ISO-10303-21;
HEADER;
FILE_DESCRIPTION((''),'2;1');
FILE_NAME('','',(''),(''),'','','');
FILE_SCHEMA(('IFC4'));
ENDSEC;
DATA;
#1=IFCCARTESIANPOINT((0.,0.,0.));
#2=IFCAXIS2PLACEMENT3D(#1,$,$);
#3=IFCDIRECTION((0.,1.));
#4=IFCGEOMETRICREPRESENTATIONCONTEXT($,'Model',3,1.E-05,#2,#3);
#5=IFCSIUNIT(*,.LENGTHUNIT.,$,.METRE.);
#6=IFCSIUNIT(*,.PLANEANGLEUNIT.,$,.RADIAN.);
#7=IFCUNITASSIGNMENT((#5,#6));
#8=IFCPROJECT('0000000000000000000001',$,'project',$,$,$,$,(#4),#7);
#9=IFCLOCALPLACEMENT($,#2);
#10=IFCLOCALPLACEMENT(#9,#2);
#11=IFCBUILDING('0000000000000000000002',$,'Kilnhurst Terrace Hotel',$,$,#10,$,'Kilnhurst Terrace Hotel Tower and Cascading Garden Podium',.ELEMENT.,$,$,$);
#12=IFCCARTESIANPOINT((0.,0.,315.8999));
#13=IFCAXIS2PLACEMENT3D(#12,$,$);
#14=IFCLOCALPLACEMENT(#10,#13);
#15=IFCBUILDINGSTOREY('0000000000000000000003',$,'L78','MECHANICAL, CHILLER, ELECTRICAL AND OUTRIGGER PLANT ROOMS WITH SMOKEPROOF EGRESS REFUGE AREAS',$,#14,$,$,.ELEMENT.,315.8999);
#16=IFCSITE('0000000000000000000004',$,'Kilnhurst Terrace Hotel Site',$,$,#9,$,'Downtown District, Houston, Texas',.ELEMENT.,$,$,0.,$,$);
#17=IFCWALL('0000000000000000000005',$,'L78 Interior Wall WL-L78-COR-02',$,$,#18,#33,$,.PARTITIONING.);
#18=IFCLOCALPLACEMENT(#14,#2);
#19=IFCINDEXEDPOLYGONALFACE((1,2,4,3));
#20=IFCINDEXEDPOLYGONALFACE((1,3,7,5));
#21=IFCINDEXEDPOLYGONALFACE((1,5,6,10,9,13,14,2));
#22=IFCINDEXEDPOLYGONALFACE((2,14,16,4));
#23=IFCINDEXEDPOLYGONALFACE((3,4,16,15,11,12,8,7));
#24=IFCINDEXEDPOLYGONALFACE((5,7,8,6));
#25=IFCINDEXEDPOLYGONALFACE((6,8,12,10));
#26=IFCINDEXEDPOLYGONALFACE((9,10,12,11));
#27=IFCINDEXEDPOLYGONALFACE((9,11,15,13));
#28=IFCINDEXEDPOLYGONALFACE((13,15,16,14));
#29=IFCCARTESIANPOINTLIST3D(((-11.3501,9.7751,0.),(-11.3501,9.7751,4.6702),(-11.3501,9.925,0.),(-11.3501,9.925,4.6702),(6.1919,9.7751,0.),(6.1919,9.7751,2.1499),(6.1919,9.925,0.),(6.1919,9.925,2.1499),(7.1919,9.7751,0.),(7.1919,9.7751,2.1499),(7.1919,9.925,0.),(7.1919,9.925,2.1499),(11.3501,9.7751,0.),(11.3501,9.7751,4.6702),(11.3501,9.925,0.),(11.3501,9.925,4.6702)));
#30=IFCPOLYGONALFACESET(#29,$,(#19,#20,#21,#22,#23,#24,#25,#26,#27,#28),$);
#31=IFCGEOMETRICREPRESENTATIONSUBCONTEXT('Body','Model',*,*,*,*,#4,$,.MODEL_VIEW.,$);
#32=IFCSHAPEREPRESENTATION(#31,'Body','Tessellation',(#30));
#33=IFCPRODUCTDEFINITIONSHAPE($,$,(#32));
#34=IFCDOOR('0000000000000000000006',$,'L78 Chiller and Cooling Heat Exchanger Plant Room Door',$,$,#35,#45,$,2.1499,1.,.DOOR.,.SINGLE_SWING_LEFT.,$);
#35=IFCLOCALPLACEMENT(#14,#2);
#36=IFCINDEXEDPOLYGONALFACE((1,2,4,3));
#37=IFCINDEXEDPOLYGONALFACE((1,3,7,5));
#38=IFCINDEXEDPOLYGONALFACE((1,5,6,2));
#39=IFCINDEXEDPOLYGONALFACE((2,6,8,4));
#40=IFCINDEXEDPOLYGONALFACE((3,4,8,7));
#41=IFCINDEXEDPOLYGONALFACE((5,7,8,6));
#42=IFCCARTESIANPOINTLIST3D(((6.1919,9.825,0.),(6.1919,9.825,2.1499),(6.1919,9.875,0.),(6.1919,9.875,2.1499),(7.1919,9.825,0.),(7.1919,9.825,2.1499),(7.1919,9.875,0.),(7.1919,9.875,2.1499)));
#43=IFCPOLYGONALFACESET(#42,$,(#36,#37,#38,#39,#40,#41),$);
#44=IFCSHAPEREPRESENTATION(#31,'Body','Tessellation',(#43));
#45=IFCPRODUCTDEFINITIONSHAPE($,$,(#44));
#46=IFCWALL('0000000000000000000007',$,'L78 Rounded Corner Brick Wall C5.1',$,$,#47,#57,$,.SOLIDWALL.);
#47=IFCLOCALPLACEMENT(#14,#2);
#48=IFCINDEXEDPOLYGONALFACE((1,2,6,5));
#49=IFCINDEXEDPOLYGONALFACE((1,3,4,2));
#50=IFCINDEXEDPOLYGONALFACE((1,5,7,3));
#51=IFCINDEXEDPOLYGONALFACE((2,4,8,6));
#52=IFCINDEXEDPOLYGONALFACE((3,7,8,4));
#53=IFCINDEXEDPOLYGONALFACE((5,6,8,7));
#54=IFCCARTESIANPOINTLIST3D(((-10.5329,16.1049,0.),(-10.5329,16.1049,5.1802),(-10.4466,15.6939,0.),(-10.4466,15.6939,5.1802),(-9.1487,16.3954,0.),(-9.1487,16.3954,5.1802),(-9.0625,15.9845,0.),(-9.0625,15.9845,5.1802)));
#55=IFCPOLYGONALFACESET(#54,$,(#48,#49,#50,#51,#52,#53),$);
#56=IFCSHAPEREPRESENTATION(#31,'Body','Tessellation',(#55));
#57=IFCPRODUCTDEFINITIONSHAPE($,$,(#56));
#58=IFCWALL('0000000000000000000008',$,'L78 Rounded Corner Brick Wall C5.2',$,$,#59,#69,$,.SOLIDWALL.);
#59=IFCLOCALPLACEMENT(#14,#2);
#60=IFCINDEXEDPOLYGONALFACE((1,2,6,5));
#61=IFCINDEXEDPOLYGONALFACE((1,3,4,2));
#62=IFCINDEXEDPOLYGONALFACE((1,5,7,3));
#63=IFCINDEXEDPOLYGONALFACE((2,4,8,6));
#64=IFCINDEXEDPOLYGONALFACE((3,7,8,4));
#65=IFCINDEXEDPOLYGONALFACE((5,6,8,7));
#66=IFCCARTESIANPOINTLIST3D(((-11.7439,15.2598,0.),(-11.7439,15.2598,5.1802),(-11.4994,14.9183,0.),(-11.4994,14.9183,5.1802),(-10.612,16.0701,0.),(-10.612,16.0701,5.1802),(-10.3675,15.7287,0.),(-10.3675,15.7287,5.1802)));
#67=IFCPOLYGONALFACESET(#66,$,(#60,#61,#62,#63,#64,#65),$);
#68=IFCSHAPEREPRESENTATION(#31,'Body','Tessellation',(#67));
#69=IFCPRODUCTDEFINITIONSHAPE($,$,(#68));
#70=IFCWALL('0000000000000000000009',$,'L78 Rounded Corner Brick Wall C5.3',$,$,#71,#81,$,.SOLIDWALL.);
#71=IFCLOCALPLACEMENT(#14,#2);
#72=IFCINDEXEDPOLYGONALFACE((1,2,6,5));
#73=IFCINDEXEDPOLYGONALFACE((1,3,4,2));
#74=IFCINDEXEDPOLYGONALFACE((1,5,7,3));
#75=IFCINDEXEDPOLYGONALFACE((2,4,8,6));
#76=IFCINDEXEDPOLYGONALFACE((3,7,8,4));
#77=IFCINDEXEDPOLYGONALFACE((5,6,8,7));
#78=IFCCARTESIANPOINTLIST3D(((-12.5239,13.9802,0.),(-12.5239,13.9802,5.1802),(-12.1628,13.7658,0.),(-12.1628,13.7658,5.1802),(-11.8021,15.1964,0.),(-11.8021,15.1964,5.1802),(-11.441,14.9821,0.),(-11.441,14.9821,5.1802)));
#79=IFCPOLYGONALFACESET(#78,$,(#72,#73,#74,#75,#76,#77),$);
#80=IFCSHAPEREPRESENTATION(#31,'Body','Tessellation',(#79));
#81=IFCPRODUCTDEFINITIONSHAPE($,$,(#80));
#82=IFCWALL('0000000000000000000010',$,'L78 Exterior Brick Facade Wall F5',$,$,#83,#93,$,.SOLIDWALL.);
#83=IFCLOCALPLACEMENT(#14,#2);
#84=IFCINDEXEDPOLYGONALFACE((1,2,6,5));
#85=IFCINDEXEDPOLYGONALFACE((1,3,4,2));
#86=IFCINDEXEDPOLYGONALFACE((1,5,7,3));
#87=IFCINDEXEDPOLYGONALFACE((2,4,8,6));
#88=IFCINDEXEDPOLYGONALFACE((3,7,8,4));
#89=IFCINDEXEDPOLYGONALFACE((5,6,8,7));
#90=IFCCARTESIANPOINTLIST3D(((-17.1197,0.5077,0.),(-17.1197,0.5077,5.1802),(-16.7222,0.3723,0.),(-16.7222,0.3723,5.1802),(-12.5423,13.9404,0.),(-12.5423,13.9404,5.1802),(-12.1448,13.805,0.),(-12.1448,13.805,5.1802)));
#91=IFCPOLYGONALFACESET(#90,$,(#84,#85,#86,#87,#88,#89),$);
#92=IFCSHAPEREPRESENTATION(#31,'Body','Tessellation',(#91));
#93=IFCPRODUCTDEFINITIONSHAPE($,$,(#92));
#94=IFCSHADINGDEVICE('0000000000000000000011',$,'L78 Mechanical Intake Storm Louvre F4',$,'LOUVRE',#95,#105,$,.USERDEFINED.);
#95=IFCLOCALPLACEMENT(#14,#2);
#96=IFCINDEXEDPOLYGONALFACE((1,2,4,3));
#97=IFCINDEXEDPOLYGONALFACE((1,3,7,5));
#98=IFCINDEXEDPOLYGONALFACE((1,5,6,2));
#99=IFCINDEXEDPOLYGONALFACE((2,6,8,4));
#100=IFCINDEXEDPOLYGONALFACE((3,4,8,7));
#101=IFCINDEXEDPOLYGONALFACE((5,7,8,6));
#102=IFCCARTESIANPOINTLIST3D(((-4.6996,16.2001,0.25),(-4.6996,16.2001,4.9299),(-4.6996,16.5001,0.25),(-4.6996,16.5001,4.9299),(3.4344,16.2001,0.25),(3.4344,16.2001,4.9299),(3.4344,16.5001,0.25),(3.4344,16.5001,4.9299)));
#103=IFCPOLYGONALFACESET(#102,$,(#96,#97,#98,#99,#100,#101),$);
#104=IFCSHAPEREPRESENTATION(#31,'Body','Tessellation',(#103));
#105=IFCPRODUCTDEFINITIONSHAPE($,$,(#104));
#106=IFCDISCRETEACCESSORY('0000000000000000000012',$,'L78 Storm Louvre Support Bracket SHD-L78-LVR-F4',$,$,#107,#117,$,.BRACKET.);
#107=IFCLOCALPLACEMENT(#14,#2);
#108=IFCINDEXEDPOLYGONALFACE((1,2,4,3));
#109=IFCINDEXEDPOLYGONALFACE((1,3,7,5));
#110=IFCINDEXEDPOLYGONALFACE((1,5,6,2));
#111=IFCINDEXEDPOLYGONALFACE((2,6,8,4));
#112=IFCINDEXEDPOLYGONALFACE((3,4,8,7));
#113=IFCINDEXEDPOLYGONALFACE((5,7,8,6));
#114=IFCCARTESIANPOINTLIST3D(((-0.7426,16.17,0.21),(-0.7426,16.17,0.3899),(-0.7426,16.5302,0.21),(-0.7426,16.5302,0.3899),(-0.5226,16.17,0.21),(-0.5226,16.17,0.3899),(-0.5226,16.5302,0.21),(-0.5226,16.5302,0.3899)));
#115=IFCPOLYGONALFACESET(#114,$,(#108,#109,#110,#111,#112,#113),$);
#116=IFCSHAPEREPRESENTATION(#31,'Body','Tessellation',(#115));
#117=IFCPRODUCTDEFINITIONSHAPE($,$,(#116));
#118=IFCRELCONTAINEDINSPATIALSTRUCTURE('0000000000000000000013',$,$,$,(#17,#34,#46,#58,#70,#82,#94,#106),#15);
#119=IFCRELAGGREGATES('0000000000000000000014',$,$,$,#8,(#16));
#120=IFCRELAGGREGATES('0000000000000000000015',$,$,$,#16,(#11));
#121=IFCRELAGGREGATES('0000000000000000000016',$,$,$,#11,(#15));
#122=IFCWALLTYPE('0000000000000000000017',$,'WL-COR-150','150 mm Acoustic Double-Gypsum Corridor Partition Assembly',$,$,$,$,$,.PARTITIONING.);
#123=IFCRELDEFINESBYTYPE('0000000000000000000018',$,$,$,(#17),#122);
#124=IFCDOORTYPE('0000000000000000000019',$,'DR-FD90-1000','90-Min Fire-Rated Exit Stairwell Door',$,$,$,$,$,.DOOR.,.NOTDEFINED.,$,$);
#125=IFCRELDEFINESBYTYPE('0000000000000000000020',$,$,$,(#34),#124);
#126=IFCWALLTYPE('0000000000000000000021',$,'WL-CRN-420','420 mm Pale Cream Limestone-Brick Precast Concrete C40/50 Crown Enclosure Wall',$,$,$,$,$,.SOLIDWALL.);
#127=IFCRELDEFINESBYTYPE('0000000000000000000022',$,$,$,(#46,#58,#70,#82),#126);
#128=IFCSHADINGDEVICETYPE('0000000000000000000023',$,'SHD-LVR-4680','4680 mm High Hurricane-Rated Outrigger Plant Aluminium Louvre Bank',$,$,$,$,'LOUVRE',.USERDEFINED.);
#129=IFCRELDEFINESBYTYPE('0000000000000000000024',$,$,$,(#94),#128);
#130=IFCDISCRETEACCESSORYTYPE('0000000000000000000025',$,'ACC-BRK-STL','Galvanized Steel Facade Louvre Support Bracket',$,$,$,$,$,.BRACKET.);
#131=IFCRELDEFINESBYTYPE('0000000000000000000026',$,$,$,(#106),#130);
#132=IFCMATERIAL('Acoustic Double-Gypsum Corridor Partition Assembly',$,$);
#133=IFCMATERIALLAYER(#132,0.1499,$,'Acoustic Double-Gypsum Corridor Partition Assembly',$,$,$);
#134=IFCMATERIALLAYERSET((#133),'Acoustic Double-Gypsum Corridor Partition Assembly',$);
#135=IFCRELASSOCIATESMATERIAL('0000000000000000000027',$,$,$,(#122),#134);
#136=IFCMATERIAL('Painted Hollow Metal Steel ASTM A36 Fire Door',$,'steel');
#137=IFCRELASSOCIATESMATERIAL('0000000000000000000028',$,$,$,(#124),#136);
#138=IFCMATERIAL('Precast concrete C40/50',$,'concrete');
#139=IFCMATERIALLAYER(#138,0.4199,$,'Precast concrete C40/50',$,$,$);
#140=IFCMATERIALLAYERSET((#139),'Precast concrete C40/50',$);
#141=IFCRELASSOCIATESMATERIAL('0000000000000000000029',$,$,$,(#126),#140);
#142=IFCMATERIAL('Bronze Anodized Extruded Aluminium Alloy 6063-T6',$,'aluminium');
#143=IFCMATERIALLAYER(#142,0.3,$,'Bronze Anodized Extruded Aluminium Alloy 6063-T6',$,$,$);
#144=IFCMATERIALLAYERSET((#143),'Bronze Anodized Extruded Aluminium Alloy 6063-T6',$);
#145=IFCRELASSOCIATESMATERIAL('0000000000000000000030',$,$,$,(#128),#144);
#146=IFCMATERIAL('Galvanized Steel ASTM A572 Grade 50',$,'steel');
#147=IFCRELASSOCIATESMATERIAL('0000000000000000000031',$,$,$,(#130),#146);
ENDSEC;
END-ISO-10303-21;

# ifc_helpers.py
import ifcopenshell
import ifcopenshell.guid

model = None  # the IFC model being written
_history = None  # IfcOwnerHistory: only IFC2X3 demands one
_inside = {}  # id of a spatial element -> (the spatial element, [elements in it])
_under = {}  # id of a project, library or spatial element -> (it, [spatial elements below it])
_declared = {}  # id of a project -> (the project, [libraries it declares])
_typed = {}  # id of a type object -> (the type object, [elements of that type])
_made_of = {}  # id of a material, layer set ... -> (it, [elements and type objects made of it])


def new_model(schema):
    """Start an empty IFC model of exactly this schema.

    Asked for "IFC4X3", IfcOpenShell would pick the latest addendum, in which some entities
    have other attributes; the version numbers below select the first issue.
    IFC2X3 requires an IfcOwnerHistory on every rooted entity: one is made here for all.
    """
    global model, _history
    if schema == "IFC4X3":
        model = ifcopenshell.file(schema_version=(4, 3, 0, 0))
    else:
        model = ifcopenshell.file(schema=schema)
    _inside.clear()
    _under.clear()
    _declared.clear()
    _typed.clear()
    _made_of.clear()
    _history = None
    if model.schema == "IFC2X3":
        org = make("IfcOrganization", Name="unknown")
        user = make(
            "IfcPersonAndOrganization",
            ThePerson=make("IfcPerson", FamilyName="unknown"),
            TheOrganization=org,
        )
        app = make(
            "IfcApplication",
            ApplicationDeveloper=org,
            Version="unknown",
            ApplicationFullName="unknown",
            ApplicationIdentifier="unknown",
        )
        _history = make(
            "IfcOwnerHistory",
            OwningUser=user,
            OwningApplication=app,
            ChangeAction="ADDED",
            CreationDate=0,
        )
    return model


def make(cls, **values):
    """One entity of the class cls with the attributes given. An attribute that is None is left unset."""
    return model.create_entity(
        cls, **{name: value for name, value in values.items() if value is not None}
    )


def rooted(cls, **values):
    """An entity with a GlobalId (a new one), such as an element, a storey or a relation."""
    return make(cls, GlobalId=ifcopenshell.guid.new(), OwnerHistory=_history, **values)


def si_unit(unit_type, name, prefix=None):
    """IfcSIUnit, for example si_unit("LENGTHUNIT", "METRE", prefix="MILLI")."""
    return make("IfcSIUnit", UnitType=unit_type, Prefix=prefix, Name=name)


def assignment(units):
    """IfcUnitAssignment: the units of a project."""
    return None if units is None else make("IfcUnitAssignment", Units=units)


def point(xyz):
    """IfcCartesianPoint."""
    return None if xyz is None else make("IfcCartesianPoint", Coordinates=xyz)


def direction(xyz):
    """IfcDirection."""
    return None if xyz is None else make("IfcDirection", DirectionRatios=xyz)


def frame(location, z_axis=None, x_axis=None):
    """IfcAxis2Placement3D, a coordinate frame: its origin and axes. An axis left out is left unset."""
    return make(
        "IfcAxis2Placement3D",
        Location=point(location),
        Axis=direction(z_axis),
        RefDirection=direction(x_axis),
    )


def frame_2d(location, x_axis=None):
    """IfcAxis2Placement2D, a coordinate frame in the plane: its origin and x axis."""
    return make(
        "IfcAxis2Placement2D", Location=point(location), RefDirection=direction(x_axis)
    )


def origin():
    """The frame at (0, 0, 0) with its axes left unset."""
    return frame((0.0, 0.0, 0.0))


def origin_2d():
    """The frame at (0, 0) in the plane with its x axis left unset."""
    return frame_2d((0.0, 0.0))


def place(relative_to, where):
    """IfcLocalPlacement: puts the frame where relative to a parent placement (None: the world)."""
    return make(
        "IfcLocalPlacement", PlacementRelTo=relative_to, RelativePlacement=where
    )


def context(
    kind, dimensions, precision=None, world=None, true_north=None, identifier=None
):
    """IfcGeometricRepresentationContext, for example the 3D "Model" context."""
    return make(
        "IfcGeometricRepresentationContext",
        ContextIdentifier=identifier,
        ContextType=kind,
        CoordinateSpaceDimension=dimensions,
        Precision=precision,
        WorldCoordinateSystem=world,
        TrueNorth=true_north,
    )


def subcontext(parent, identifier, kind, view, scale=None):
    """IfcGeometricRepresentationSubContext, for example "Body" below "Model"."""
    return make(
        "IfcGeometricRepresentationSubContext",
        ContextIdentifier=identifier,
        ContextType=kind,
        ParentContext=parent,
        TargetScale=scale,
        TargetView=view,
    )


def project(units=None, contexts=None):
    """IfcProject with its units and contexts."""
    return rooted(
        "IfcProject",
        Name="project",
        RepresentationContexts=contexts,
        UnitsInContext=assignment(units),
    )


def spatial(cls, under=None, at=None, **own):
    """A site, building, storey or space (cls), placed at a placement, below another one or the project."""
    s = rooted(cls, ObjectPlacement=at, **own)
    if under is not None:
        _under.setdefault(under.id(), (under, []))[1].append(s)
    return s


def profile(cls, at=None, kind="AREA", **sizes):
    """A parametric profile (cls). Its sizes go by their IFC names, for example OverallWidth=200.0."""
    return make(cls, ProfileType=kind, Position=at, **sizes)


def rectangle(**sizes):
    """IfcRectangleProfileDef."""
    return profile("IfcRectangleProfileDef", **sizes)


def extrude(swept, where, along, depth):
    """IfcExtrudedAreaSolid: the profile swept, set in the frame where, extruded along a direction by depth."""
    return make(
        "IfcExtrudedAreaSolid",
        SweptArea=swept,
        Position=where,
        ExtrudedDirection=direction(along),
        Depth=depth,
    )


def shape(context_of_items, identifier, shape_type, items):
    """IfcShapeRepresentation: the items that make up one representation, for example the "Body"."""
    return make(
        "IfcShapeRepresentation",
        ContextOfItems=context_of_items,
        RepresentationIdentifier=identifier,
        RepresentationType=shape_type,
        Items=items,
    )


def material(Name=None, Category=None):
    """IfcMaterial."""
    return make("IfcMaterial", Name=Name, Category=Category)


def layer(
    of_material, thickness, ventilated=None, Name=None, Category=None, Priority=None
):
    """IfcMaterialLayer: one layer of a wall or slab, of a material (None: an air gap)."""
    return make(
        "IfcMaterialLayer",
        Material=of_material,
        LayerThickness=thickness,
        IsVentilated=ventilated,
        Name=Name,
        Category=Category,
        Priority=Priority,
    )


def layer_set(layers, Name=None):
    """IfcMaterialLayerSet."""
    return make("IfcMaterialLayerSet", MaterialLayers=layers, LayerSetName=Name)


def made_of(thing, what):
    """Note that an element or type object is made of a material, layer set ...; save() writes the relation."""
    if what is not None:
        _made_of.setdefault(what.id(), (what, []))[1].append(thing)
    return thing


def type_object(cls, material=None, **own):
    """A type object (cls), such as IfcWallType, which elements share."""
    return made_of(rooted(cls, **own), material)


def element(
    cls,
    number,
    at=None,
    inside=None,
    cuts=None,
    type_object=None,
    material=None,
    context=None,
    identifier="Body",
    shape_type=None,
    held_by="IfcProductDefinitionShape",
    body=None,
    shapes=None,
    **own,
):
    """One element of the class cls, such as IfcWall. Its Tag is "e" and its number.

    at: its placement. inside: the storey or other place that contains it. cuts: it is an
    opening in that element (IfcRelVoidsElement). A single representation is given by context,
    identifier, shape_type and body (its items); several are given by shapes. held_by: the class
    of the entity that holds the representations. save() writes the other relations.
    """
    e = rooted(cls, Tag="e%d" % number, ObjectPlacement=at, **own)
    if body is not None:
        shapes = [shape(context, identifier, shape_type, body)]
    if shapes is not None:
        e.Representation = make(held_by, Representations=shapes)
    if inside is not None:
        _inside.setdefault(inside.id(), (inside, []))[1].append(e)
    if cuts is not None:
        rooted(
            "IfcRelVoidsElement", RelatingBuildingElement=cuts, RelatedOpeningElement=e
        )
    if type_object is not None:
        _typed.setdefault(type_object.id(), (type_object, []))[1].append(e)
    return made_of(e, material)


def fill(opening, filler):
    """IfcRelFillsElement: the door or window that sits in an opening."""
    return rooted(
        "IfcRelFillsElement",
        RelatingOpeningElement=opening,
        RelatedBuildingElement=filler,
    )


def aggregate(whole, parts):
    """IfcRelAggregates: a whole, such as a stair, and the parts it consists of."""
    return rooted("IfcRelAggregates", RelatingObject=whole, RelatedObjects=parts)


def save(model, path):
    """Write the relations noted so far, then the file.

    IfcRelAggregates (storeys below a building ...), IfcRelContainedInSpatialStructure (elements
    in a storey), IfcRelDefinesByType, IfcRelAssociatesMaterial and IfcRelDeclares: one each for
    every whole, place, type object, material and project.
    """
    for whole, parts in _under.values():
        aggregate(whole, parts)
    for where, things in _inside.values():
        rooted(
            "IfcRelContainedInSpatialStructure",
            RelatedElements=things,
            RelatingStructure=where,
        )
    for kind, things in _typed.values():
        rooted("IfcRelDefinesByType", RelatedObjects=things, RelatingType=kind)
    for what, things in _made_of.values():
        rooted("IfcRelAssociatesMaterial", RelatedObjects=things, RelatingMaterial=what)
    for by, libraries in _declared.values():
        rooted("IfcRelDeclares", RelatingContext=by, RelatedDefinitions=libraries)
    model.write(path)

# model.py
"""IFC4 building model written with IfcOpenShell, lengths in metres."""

from ifc_helpers import new_model, si_unit, direction, frame, frame_2d, origin, origin_2d, place, context, subcontext, project, spatial, rectangle, extrude, material, layer, layer_set, type_object, element, fill, save


model = new_model("IFC4")

# Units and contexts
model_context = context("Model", 3, precision=1e-05, world=origin(), true_north=direction((0.0, 1.0)))
body_context = subcontext(model_context, "Body", "Model", "MODEL_VIEW")
ifc_project = project(units=[si_unit("LENGTHUNIT", "METRE"), si_unit("PLANEANGLEUNIT", "RADIAN")], contexts=[model_context])

# Site, building, storey
site_placement = place(None, origin())
site = spatial("IfcSite", under=ifc_project, at=site_placement, Name="Kilnhurst Terrace Hotel Site", LongName="Downtown District, Houston, Texas", CompositionType="ELEMENT", RefElevation=0.0)
building_placement = place(site_placement, origin())
building = spatial("IfcBuilding", under=site, at=building_placement, Name="Kilnhurst Terrace Hotel", LongName="Kilnhurst Terrace Hotel Tower and Cascading Garden Podium", CompositionType="ELEMENT")
storey_placement = place(building_placement, frame((0.0, 0.0, 315.8999)))
storey = spatial("IfcBuildingStorey", under=building, at=storey_placement, Name="L78", Description="MECHANICAL, CHILLER, ELECTRICAL AND OUTRIGGER PLANT ROOMS WITH SMOKEPROOF EGRESS REFUGE AREAS", CompositionType="ELEMENT", Elevation=315.8999)

# Wall, opening, door
ifc_material_1 = material(Name="Acoustic Double-Gypsum Corridor Partition Assembly")
ifc_layer_1 = layer(ifc_material_1, 0.1499, Name="Acoustic Double-Gypsum Corridor Partition Assembly")
ifc_layer_set_1 = layer_set([ifc_layer_1], Name="Acoustic Double-Gypsum Corridor Partition Assembly")
wall_type_1 = type_object("IfcWallType", Name="WL-COR-150", Description="150 mm Acoustic Double-Gypsum Corridor Partition Assembly", PredefinedType="PARTITIONING", material=ifc_layer_set_1)
wall_1_placement = place(storey_placement, frame((-11.3501, 9.8501, 0.0), z_axis=(0.0, 0.0, 1.0), x_axis=(1.0, 0.0, 0.0)))
wall_1 = element("IfcWall", 1, at=wall_1_placement, inside=storey, type_object=wall_type_1, Name="L78 Interior Wall WL-L78-COR-02", PredefinedType="PARTITIONING", context=body_context, shape_type="SweptSolid", body=[
    extrude(rectangle(XDim=22.7002, YDim=0.1499, at=frame_2d((11.3501, 0.0))), origin(), (0.0, 0.0, 1.0), 4.6702),
])
opening_placement = place(wall_1_placement, frame((17.542, 0.0, 0.0)))
opening = element("IfcOpeningElement", 2, at=opening_placement, cuts=wall_1, PredefinedType="OPENING", context=body_context, shape_type="SweptSolid", body=[
    extrude(rectangle(XDim=1.0, YDim=2.1499, at=frame_2d((0.5, 1.075))), frame((0.0, 0.085, 0.0), z_axis=(0.0, -1.0, 0.0), x_axis=(1.0, 0.0, 0.0)), (0.0, 0.0, 1.0), 0.1699),
])
ifc_material_2 = material(Name="Painted Hollow Metal Steel ASTM A36 Fire Door", Category="steel")
door_type = type_object("IfcDoorType", Name="DR-FD90-1000", Description="90-Min Fire-Rated Exit Stairwell Door", OperationType="NOTDEFINED", PredefinedType="DOOR", material=ifc_material_2)
door_placement = place(opening_placement, origin())
door = element("IfcDoor", 3, at=door_placement, inside=storey, type_object=door_type, Name="L78 Chiller and Cooling Heat Exchanger Plant Room Door", OperationType="SINGLE_SWING_LEFT", OverallHeight=2.1499, OverallWidth=1.0, PredefinedType="DOOR", context=body_context, shape_type="SweptSolid", body=[
    extrude(rectangle(XDim=1.0, YDim=2.1499, at=frame_2d((0.5, 1.075))), frame((0.0, 0.0249, 0.0), z_axis=(0.0, -1.0, 0.0), x_axis=(1.0, 0.0, 0.0)), (0.0, 0.0, 1.0), 0.05),
])
fill(opening, door)

# Walls
ifc_material_3 = material(Name="Precast concrete C40/50", Category="concrete")
ifc_layer_2 = layer(ifc_material_3, 0.4199, Name="Precast concrete C40/50")
ifc_layer_set_2 = layer_set([ifc_layer_2], Name="Precast concrete C40/50")
wall_type_2 = type_object("IfcWallType", Name="WL-CRN-420", Description="420 mm Pale Cream Limestone-Brick Precast Concrete C40/50 Crown Enclosure Wall", PredefinedType="SOLIDWALL", material=ifc_layer_set_2)
wall_2_placement = place(storey_placement, frame((-9.1057, 16.1899, 0.0), z_axis=(0.0, 0.0, 1.0), x_axis=(-0.978671, -0.205436, 0.0)))
element("IfcWall", 4, at=wall_2_placement, inside=storey, type_object=wall_type_2, Name="L78 Rounded Corner Brick Wall C5.1", PredefinedType="SOLIDWALL", context=body_context, shape_type="SweptSolid", body=[
    extrude(rectangle(XDim=1.4143, YDim=0.4199, at=frame_2d((0.707, 0.0))), origin(), (0.0, 0.0, 1.0), 5.1802),
])
wall_3_placement = place(storey_placement, frame((-10.4897, 15.8994, 0.0), z_axis=(0.0, 0.0, 1.0), x_axis=(-0.813105, -0.582117, 0.0)))
element("IfcWall", 5, at=wall_3_placement, inside=storey, type_object=wall_type_2, Name="L78 Rounded Corner Brick Wall C5.2", PredefinedType="SOLIDWALL", context=body_context, shape_type="SweptSolid", body=[
    extrude(rectangle(XDim=1.3921, YDim=0.4199, at=frame_2d((0.696, 0.0))), origin(), (0.0, 0.0, 1.0), 5.1802),
])
wall_4_placement = place(storey_placement, frame((-11.6216, 15.0891, 0.0), z_axis=(0.0, 0.0, 1.0), x_axis=(-0.510403, -0.859935, 0.0)))
element("IfcWall", 6, at=wall_4_placement, inside=storey, type_object=wall_type_2, Name="L78 Rounded Corner Brick Wall C5.3", PredefinedType="SOLIDWALL", context=body_context, shape_type="SweptSolid", body=[
    extrude(rectangle(XDim=1.4143, YDim=0.4199, at=frame_2d((0.707, 0.0))), origin(), (0.0, 0.0, 1.0), 5.1802),
])
wall_5_placement = place(storey_placement, frame((-12.3435, 13.8728, 0.0), z_axis=(0.0, 0.0, 1.0), x_axis=(-0.322553, -0.946551, 0.0)))
element("IfcWall", 7, at=wall_5_placement, inside=storey, type_object=wall_type_2, Name="L78 Exterior Brick Facade Wall F5", PredefinedType="SOLIDWALL", context=body_context, shape_type="SweptSolid", body=[
    extrude(rectangle(XDim=14.1912, YDim=0.4199, at=frame_2d((7.0957, 0.0))), origin(), (0.0, 0.0, 1.0), 5.1802),
])

# Shading device
ifc_material_4 = material(Name="Bronze Anodized Extruded Aluminium Alloy 6063-T6", Category="aluminium")
ifc_layer_3 = layer(ifc_material_4, 0.3, Name="Bronze Anodized Extruded Aluminium Alloy 6063-T6")
ifc_layer_set_3 = layer_set([ifc_layer_3], Name="Bronze Anodized Extruded Aluminium Alloy 6063-T6")
shading_device_type = type_object("IfcShadingDeviceType", Name="SHD-LVR-4680", Description="4680 mm High Hurricane-Rated Outrigger Plant Aluminium Louvre Bank", ElementType="LOUVRE", PredefinedType="USERDEFINED", material=ifc_layer_set_3)
shading_device_placement = place(storey_placement, frame((-0.6326, 16.3501, 0.25), z_axis=(0.0, 0.0, 1.0), x_axis=(-1.0, 0.0, 0.0)))
element("IfcShadingDevice", 8, at=shading_device_placement, inside=storey, type_object=shading_device_type, Name="L78 Mechanical Intake Storm Louvre F4", ObjectType="LOUVRE", PredefinedType="USERDEFINED", context=body_context, shape_type="SweptSolid", body=[
    extrude(rectangle(XDim=8.134, YDim=0.3, at=origin_2d()), origin(), (0.0, 0.0, 1.0), 4.6799),
])

# Discrete accessory
ifc_material_5 = material(Name="Galvanized Steel ASTM A572 Grade 50", Category="steel")
discrete_accessory_type = type_object("IfcDiscreteAccessoryType", Name="ACC-BRK-STL", Description="Galvanized Steel Facade Louvre Support Bracket", PredefinedType="BRACKET", material=ifc_material_5)
discrete_accessory_placement = place(storey_placement, frame((-0.6326, 16.3501, 0.21), z_axis=(0.0, 0.0, 1.0), x_axis=(-1.0, 0.0, 0.0)))
element("IfcDiscreteAccessory", 9, at=discrete_accessory_placement, inside=storey, type_object=discrete_accessory_type, Name="L78 Storm Louvre Support Bracket SHD-L78-LVR-F4", PredefinedType="BRACKET", context=body_context, shape_type="SweptSolid", body=[
    extrude(rectangle(XDim=0.22, YDim=0.3601, at=origin_2d()), origin(), (0.0, 0.0, 1.0), 0.1799),
])

save(model, "model.ifc")
